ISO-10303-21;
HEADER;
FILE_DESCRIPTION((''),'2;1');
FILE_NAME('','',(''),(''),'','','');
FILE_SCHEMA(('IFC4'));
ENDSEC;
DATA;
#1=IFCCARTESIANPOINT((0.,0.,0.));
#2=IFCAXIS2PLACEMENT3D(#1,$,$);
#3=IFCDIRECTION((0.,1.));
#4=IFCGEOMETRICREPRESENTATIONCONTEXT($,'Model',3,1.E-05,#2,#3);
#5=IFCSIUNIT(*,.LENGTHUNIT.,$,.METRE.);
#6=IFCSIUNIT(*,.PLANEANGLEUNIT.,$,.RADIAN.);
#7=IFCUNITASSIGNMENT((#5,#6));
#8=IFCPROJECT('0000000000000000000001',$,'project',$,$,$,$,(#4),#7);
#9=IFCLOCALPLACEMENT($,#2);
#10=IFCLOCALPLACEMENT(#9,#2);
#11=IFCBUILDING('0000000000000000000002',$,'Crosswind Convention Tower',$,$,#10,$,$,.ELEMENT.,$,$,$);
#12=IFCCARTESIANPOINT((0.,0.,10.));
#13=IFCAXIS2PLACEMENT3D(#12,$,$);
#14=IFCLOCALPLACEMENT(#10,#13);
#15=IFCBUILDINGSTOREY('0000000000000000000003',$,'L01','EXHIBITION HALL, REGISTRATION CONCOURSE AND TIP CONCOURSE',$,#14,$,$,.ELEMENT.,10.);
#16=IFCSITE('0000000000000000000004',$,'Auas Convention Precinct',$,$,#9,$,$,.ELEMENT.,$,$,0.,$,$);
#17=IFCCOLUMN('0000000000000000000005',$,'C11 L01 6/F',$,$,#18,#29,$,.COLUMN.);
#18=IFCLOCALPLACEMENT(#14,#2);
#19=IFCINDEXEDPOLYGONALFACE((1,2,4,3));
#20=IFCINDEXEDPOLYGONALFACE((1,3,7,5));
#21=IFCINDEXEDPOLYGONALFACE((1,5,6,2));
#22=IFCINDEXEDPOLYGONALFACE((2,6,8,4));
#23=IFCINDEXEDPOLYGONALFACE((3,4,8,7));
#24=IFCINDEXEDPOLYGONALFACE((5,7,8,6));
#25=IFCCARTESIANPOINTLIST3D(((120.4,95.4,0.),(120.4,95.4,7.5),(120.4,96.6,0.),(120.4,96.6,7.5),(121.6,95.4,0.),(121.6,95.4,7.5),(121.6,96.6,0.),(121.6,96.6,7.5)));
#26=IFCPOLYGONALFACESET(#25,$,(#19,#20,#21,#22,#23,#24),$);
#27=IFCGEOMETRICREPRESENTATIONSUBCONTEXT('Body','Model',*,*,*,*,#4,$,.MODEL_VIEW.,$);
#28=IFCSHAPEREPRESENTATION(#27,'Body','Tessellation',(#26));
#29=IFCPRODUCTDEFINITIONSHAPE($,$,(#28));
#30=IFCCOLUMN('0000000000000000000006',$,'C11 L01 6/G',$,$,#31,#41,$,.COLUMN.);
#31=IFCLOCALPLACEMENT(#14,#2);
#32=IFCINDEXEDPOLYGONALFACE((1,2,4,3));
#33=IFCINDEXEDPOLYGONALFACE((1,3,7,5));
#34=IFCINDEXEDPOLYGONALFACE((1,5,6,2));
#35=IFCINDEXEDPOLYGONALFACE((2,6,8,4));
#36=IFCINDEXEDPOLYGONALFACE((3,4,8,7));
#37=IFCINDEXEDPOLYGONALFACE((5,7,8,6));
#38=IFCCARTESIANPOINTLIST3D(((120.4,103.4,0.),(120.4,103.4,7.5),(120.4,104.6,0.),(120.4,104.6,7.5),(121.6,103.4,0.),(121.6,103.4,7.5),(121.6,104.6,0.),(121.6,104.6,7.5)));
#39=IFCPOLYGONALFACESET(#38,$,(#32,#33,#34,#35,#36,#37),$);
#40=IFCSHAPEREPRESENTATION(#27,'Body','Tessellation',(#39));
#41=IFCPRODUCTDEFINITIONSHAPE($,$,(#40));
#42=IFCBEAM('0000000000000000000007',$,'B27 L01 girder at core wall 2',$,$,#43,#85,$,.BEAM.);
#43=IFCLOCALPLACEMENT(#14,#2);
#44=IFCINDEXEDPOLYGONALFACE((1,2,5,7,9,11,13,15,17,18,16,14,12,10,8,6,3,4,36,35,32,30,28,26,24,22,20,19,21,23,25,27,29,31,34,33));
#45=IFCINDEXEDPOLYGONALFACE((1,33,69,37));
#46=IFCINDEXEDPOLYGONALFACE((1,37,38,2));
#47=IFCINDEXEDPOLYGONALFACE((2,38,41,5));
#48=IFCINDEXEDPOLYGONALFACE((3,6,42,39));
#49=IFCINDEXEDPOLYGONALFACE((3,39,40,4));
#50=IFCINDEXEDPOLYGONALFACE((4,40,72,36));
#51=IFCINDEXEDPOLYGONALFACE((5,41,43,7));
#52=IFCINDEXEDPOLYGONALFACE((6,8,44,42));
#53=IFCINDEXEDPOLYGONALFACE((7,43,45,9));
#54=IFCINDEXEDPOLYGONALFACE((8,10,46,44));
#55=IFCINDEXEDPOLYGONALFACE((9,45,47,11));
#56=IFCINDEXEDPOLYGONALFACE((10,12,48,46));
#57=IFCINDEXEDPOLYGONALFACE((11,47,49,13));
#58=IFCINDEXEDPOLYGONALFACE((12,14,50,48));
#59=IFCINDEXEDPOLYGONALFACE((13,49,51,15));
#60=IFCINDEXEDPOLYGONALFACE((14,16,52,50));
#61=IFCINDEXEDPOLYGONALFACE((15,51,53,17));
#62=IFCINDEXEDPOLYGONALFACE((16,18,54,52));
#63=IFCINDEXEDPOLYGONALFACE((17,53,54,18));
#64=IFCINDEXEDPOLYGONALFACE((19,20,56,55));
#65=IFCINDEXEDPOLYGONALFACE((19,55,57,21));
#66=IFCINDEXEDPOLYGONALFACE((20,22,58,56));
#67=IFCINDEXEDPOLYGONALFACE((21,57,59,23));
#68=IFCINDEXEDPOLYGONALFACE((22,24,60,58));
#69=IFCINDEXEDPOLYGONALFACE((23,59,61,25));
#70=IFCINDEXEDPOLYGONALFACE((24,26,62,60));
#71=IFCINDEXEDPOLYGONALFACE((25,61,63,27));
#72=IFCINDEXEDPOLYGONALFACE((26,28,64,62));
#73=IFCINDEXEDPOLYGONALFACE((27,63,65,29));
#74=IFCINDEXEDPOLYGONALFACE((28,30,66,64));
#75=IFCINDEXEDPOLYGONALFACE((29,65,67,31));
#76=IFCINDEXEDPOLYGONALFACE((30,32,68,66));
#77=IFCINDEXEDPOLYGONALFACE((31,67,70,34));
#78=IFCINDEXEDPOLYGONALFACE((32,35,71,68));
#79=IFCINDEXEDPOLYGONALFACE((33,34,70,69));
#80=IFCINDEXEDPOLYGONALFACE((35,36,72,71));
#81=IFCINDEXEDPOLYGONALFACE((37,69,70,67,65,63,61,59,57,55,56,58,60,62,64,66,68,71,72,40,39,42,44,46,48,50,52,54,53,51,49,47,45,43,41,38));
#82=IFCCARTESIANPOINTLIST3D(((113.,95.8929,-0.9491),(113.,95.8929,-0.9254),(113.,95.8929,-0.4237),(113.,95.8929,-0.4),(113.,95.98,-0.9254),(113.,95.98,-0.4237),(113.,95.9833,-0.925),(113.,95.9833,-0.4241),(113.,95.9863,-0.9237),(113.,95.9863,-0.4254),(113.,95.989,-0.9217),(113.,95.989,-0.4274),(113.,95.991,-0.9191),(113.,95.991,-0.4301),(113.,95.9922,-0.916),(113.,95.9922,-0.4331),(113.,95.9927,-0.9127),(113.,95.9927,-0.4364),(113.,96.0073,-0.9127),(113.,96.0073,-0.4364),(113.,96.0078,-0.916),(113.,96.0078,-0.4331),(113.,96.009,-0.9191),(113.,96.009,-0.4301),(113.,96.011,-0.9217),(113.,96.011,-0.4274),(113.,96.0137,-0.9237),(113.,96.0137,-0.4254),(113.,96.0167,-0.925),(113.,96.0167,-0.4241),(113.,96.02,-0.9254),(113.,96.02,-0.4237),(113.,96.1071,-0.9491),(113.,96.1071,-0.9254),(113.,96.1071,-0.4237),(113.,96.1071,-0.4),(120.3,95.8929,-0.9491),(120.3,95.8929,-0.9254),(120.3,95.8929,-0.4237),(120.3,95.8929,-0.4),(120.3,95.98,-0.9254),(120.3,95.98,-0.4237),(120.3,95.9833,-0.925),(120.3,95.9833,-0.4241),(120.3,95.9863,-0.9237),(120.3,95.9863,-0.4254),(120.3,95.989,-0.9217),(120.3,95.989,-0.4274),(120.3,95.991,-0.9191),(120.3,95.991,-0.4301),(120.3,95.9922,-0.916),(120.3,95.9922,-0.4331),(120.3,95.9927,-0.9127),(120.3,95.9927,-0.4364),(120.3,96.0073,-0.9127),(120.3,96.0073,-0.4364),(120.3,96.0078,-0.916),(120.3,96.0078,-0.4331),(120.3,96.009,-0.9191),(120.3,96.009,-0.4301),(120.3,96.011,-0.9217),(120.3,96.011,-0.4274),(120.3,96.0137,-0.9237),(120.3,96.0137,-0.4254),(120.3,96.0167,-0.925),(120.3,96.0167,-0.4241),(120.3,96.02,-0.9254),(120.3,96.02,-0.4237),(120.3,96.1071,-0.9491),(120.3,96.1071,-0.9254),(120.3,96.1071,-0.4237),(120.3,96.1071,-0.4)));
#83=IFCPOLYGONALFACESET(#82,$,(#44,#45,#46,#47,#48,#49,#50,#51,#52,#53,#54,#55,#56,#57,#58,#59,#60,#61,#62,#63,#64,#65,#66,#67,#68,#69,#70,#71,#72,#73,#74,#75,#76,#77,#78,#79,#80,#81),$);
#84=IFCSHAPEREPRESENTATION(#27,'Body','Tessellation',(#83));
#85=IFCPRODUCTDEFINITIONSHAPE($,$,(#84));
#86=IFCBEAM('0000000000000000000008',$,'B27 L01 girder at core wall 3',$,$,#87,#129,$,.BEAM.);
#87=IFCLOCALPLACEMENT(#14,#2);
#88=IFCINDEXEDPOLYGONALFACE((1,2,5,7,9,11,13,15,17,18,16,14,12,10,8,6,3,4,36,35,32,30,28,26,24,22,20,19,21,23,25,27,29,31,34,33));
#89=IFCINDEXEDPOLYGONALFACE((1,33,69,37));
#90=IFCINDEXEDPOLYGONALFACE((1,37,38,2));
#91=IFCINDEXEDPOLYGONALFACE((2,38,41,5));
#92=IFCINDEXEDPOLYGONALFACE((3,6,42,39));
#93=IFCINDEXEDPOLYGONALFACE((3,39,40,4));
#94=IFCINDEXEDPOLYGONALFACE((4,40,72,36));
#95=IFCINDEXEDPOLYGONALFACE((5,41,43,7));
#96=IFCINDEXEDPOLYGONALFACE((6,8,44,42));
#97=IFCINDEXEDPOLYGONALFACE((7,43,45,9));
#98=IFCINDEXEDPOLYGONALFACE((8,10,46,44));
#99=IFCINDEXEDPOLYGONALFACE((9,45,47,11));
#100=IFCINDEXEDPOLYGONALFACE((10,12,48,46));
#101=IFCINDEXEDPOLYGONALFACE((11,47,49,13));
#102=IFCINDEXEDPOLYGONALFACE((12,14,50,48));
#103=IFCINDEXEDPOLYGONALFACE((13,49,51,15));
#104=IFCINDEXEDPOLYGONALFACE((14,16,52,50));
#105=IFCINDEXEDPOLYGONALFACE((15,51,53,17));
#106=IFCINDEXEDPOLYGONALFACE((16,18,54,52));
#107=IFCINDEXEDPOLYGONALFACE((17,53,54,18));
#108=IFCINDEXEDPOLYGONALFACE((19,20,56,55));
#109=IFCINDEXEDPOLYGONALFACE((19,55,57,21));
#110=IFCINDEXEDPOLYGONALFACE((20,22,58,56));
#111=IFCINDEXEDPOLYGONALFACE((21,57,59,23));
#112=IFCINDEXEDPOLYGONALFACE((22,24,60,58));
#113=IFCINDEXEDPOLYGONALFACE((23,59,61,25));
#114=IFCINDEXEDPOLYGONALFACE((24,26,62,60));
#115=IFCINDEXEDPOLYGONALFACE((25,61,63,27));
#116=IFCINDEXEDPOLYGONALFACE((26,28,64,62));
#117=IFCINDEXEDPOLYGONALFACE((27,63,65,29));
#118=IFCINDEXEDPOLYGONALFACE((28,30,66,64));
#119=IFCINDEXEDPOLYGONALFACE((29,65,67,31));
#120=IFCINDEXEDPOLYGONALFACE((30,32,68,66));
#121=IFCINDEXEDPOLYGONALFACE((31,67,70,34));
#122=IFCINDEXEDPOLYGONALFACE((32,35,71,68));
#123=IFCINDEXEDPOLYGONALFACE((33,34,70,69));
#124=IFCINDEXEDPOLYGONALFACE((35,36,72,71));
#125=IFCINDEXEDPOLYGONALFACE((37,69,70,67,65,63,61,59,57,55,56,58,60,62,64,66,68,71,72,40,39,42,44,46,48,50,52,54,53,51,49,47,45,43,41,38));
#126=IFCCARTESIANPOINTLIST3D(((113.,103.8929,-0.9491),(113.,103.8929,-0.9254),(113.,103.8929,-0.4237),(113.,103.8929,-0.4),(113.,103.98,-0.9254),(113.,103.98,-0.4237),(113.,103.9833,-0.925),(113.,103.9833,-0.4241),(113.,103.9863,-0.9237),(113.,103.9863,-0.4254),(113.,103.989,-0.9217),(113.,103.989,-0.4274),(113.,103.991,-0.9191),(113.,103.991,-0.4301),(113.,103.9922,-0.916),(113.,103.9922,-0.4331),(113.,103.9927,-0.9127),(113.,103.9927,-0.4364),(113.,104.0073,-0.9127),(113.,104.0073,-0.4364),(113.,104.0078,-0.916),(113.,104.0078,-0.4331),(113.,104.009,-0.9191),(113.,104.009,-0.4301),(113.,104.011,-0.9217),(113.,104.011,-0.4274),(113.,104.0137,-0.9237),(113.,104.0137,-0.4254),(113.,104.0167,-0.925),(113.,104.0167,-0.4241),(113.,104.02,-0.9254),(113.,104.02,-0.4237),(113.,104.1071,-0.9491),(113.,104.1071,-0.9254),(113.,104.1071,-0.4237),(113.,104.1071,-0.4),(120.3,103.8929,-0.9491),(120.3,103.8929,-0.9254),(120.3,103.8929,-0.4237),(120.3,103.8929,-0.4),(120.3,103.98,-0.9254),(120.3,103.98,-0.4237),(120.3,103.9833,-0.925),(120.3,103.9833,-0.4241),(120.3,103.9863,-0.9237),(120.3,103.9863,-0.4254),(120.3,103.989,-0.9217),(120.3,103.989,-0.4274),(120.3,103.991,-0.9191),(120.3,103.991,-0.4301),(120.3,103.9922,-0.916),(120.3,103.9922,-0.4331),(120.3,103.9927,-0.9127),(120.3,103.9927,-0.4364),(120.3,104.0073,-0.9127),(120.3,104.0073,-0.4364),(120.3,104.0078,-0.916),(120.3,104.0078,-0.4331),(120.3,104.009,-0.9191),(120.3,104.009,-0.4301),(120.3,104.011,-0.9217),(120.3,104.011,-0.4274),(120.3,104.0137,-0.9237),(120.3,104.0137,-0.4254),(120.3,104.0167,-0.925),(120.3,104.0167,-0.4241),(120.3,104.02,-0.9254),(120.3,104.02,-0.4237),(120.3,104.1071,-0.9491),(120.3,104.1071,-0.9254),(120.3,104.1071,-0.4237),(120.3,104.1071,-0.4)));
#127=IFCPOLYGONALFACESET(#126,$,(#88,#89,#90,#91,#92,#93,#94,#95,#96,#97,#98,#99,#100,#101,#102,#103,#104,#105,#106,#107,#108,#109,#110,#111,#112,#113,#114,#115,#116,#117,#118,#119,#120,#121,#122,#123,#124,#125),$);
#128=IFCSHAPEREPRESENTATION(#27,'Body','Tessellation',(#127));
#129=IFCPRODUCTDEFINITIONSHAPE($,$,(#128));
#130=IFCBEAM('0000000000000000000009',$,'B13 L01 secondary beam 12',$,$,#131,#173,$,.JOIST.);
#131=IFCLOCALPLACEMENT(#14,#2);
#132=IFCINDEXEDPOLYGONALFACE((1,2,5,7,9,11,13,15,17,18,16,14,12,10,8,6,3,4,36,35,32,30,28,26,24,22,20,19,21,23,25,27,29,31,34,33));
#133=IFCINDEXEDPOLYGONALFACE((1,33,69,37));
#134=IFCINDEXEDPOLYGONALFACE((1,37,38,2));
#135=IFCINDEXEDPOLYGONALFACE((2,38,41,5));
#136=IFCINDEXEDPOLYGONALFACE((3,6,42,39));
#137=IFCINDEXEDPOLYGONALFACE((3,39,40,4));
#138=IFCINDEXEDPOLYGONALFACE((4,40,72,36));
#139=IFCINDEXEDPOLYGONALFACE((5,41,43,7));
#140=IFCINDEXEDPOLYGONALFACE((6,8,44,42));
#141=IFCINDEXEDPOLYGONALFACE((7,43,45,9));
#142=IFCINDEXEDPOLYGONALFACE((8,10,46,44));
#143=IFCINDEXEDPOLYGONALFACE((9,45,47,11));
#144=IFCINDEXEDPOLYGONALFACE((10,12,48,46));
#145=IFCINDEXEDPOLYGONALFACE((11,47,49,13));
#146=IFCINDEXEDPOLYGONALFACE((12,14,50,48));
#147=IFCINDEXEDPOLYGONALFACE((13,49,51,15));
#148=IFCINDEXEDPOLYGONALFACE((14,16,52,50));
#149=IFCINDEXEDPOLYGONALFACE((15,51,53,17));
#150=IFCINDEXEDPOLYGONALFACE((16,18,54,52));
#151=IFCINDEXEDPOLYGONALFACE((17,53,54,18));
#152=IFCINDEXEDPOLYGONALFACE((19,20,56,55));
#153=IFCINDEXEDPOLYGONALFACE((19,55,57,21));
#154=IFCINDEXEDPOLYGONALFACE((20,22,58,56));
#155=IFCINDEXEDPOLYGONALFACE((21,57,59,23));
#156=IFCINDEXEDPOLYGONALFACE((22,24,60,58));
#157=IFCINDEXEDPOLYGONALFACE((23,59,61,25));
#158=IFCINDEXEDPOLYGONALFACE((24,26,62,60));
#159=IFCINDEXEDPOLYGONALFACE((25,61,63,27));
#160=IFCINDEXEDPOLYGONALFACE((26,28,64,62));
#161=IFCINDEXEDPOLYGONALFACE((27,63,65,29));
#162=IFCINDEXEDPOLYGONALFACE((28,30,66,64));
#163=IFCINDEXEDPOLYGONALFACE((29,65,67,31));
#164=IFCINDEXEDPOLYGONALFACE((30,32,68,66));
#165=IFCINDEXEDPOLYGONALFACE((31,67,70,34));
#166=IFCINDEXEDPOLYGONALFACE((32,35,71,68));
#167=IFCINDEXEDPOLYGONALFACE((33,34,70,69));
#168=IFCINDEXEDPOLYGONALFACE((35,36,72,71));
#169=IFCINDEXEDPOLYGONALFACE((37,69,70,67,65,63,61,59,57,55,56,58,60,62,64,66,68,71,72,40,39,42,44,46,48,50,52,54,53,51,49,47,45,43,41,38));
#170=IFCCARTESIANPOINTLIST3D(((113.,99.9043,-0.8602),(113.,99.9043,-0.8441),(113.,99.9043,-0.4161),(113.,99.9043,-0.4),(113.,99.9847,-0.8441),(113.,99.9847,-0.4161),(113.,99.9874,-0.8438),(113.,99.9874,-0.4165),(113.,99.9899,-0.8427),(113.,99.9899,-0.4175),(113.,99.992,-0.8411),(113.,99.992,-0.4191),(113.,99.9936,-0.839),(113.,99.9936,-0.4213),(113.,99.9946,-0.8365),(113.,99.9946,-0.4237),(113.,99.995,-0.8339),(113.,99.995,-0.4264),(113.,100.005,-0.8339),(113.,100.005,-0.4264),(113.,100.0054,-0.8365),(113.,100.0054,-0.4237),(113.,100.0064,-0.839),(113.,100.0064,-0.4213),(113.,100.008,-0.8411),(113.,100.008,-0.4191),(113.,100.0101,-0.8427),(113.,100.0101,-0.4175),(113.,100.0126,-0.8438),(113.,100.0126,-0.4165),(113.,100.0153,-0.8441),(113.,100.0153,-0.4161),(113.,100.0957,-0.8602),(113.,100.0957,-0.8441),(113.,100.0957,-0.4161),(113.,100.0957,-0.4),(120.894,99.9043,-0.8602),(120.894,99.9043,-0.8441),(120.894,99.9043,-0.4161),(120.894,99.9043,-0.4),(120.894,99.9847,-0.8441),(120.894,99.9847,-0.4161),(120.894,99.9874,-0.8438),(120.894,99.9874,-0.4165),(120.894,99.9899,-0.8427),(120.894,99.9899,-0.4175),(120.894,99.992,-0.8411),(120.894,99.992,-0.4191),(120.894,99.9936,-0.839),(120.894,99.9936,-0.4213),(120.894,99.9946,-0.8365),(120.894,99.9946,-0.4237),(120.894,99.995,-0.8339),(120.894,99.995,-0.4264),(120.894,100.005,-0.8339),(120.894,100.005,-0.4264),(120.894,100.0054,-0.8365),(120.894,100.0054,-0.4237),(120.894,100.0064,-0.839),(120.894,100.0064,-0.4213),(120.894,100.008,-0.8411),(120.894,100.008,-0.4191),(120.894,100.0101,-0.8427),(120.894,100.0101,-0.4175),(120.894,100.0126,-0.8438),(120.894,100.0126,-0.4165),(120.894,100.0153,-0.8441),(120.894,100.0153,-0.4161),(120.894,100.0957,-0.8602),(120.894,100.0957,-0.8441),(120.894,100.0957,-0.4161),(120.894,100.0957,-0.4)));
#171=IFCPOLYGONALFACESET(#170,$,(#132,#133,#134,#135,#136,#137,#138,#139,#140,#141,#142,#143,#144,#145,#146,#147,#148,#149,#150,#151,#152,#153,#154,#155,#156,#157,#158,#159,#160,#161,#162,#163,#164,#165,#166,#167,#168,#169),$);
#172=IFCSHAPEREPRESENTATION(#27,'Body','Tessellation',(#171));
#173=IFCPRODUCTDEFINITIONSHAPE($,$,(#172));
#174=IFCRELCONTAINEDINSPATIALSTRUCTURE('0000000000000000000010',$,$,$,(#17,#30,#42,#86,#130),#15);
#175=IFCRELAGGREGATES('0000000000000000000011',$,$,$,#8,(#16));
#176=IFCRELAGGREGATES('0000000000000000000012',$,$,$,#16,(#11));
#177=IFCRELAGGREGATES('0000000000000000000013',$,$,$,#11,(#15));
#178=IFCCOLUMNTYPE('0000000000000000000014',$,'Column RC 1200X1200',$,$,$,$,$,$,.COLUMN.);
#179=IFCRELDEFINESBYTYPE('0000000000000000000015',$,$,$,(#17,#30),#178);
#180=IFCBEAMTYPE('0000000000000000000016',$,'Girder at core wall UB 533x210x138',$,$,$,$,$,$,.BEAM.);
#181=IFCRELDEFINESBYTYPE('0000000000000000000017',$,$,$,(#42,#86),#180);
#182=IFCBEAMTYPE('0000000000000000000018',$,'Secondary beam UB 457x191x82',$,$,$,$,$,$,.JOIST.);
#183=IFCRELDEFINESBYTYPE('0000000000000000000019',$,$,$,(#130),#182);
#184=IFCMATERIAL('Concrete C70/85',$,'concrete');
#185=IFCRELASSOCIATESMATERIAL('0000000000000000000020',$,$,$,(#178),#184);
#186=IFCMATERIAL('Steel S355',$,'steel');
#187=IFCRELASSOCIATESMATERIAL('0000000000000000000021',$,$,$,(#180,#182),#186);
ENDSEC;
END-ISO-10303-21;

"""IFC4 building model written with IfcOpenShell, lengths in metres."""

from ifc_helpers import new_model, si_unit, direction, frame, origin, origin_2d, place, context, subcontext, project, spatial, rectangle, i_section, extrude, material, material_profile, profile_set, type_object, element, save


model = new_model("IFC4")

# Units and contexts
model_context = context("Model", 3, precision=1e-05, world=origin(), true_north=direction((0.0, 1.0)))
body_context = subcontext(model_context, "Body", "Model", "MODEL_VIEW")
ifc_project = project(units=[si_unit("LENGTHUNIT", "METRE"), si_unit("PLANEANGLEUNIT", "RADIAN")], contexts=[model_context])

# Site, building, storey
site_placement = place(None, origin())
site = spatial("IfcSite", under=ifc_project, at=site_placement, Name="Auas Convention Precinct", CompositionType="ELEMENT", RefElevation=0.0)
building_placement = place(site_placement, origin())
building = spatial("IfcBuilding", under=site, at=building_placement, Name="Crosswind Convention Tower", CompositionType="ELEMENT")
storey_placement = place(building_placement, frame((0.0, 0.0, 10.0)))
storey = spatial("IfcBuildingStorey", under=building, at=storey_placement, Name="L01", Description="EXHIBITION HALL, REGISTRATION CONCOURSE AND TIP CONCOURSE", CompositionType="ELEMENT", Elevation=10.0)

# Columns
ifc_material_1 = material(Name="Concrete C70/85", Category="concrete")
ifc_material_profile_1 = material_profile(ifc_material_1, rectangle(XDim=1.2, YDim=1.2, at=origin_2d()), Name="RC 1200X1200")
ifc_profile_set_1 = profile_set([ifc_material_profile_1], Name="Concrete C70/85")
column_type = type_object("IfcColumnType", Name="Column RC 1200X1200", PredefinedType="COLUMN", material=ifc_profile_set_1)
for number, where, z_axis, x_axis, name in (
    (1, (121.0, 96.0, 0.0), (0.0, 0.0, 1.0), (1.0, 0.0, 0.0), "C11 L01 6/F"),
    (2, (121.0, 104.0, 0.0), (0.0, 0.0, 1.0), (1.0, 0.0, 0.0), "C11 L01 6/G"),
):
    element("IfcColumn", number, at=place(storey_placement, frame(where, z_axis=z_axis, x_axis=x_axis)), inside=storey, type_object=column_type, Name=name, PredefinedType="COLUMN", context=body_context, shape_type="SweptSolid", body=[
        extrude(rectangle(XDim=1.2, YDim=1.2, at=origin_2d()), origin(), (0.0, 0.0, 1.0), 7.5),
    ])

# Beams
ifc_material_2 = material(Name="Steel S355", Category="steel")
ifc_material_profile_2 = material_profile(ifc_material_2, i_section(OverallWidth=0.2141, OverallDepth=0.5491, WebThickness=0.0146, FlangeThickness=0.0237, FilletRadius=0.0127, at=origin_2d()), Name="UB 533x210x138")
ifc_profile_set_2 = profile_set([ifc_material_profile_2], Name="Steel S355")
beam_type_1 = type_object("IfcBeamType", Name="Girder at core wall UB 533x210x138", PredefinedType="BEAM", material=ifc_profile_set_2)
for number, where, z_axis, x_axis, name in (
    (3, (113.0, 96.0, -0.6746), (1.0, 0.0, 0.0), (0.0, 1.0, 0.0), "B27 L01 girder at core wall 2"),
    (4, (113.0, 104.0, -0.6746), (1.0, 0.0, 0.0), (0.0, 1.0, 0.0), "B27 L01 girder at core wall 3"),
):
    element("IfcBeam", number, at=place(storey_placement, frame(where, z_axis=z_axis, x_axis=x_axis)), inside=storey, type_object=beam_type_1, Name=name, PredefinedType="BEAM", context=body_context, shape_type="SweptSolid", body=[
        extrude(i_section(OverallWidth=0.2141, OverallDepth=0.5491, WebThickness=0.0146, FlangeThickness=0.0237, FilletRadius=0.0127, at=origin_2d()), origin(), (0.0, 0.0, 1.0), 7.3),
    ])
ifc_material_profile_3 = material_profile(ifc_material_2, i_section(OverallWidth=0.1914, OverallDepth=0.4602, WebThickness=0.01, FlangeThickness=0.0161, FilletRadius=0.0103, at=origin_2d()), Name="UB 457x191x82")
ifc_profile_set_3 = profile_set([ifc_material_profile_3], Name="Steel S355")
beam_type_2 = type_object("IfcBeamType", Name="Secondary beam UB 457x191x82", PredefinedType="JOIST", material=ifc_profile_set_3)
for number, where, z_axis, x_axis, name in (
    (5, (113.0, 100.0, -0.6301), (1.0, 0.0, 0.0), (0.0, 1.0, 0.0), "B13 L01 secondary beam 12"),
):
    element("IfcBeam", number, at=place(storey_placement, frame(where, z_axis=z_axis, x_axis=x_axis)), inside=storey, type_object=beam_type_2, Name=name, PredefinedType="JOIST", context=body_context, shape_type="SweptSolid", body=[
        extrude(i_section(OverallWidth=0.1914, OverallDepth=0.4602, WebThickness=0.01, FlangeThickness=0.0161, FilletRadius=0.0103, at=origin_2d()), origin(), (0.0, 0.0, 1.0), 7.894),
    ])

save(model, "model.ifc")
